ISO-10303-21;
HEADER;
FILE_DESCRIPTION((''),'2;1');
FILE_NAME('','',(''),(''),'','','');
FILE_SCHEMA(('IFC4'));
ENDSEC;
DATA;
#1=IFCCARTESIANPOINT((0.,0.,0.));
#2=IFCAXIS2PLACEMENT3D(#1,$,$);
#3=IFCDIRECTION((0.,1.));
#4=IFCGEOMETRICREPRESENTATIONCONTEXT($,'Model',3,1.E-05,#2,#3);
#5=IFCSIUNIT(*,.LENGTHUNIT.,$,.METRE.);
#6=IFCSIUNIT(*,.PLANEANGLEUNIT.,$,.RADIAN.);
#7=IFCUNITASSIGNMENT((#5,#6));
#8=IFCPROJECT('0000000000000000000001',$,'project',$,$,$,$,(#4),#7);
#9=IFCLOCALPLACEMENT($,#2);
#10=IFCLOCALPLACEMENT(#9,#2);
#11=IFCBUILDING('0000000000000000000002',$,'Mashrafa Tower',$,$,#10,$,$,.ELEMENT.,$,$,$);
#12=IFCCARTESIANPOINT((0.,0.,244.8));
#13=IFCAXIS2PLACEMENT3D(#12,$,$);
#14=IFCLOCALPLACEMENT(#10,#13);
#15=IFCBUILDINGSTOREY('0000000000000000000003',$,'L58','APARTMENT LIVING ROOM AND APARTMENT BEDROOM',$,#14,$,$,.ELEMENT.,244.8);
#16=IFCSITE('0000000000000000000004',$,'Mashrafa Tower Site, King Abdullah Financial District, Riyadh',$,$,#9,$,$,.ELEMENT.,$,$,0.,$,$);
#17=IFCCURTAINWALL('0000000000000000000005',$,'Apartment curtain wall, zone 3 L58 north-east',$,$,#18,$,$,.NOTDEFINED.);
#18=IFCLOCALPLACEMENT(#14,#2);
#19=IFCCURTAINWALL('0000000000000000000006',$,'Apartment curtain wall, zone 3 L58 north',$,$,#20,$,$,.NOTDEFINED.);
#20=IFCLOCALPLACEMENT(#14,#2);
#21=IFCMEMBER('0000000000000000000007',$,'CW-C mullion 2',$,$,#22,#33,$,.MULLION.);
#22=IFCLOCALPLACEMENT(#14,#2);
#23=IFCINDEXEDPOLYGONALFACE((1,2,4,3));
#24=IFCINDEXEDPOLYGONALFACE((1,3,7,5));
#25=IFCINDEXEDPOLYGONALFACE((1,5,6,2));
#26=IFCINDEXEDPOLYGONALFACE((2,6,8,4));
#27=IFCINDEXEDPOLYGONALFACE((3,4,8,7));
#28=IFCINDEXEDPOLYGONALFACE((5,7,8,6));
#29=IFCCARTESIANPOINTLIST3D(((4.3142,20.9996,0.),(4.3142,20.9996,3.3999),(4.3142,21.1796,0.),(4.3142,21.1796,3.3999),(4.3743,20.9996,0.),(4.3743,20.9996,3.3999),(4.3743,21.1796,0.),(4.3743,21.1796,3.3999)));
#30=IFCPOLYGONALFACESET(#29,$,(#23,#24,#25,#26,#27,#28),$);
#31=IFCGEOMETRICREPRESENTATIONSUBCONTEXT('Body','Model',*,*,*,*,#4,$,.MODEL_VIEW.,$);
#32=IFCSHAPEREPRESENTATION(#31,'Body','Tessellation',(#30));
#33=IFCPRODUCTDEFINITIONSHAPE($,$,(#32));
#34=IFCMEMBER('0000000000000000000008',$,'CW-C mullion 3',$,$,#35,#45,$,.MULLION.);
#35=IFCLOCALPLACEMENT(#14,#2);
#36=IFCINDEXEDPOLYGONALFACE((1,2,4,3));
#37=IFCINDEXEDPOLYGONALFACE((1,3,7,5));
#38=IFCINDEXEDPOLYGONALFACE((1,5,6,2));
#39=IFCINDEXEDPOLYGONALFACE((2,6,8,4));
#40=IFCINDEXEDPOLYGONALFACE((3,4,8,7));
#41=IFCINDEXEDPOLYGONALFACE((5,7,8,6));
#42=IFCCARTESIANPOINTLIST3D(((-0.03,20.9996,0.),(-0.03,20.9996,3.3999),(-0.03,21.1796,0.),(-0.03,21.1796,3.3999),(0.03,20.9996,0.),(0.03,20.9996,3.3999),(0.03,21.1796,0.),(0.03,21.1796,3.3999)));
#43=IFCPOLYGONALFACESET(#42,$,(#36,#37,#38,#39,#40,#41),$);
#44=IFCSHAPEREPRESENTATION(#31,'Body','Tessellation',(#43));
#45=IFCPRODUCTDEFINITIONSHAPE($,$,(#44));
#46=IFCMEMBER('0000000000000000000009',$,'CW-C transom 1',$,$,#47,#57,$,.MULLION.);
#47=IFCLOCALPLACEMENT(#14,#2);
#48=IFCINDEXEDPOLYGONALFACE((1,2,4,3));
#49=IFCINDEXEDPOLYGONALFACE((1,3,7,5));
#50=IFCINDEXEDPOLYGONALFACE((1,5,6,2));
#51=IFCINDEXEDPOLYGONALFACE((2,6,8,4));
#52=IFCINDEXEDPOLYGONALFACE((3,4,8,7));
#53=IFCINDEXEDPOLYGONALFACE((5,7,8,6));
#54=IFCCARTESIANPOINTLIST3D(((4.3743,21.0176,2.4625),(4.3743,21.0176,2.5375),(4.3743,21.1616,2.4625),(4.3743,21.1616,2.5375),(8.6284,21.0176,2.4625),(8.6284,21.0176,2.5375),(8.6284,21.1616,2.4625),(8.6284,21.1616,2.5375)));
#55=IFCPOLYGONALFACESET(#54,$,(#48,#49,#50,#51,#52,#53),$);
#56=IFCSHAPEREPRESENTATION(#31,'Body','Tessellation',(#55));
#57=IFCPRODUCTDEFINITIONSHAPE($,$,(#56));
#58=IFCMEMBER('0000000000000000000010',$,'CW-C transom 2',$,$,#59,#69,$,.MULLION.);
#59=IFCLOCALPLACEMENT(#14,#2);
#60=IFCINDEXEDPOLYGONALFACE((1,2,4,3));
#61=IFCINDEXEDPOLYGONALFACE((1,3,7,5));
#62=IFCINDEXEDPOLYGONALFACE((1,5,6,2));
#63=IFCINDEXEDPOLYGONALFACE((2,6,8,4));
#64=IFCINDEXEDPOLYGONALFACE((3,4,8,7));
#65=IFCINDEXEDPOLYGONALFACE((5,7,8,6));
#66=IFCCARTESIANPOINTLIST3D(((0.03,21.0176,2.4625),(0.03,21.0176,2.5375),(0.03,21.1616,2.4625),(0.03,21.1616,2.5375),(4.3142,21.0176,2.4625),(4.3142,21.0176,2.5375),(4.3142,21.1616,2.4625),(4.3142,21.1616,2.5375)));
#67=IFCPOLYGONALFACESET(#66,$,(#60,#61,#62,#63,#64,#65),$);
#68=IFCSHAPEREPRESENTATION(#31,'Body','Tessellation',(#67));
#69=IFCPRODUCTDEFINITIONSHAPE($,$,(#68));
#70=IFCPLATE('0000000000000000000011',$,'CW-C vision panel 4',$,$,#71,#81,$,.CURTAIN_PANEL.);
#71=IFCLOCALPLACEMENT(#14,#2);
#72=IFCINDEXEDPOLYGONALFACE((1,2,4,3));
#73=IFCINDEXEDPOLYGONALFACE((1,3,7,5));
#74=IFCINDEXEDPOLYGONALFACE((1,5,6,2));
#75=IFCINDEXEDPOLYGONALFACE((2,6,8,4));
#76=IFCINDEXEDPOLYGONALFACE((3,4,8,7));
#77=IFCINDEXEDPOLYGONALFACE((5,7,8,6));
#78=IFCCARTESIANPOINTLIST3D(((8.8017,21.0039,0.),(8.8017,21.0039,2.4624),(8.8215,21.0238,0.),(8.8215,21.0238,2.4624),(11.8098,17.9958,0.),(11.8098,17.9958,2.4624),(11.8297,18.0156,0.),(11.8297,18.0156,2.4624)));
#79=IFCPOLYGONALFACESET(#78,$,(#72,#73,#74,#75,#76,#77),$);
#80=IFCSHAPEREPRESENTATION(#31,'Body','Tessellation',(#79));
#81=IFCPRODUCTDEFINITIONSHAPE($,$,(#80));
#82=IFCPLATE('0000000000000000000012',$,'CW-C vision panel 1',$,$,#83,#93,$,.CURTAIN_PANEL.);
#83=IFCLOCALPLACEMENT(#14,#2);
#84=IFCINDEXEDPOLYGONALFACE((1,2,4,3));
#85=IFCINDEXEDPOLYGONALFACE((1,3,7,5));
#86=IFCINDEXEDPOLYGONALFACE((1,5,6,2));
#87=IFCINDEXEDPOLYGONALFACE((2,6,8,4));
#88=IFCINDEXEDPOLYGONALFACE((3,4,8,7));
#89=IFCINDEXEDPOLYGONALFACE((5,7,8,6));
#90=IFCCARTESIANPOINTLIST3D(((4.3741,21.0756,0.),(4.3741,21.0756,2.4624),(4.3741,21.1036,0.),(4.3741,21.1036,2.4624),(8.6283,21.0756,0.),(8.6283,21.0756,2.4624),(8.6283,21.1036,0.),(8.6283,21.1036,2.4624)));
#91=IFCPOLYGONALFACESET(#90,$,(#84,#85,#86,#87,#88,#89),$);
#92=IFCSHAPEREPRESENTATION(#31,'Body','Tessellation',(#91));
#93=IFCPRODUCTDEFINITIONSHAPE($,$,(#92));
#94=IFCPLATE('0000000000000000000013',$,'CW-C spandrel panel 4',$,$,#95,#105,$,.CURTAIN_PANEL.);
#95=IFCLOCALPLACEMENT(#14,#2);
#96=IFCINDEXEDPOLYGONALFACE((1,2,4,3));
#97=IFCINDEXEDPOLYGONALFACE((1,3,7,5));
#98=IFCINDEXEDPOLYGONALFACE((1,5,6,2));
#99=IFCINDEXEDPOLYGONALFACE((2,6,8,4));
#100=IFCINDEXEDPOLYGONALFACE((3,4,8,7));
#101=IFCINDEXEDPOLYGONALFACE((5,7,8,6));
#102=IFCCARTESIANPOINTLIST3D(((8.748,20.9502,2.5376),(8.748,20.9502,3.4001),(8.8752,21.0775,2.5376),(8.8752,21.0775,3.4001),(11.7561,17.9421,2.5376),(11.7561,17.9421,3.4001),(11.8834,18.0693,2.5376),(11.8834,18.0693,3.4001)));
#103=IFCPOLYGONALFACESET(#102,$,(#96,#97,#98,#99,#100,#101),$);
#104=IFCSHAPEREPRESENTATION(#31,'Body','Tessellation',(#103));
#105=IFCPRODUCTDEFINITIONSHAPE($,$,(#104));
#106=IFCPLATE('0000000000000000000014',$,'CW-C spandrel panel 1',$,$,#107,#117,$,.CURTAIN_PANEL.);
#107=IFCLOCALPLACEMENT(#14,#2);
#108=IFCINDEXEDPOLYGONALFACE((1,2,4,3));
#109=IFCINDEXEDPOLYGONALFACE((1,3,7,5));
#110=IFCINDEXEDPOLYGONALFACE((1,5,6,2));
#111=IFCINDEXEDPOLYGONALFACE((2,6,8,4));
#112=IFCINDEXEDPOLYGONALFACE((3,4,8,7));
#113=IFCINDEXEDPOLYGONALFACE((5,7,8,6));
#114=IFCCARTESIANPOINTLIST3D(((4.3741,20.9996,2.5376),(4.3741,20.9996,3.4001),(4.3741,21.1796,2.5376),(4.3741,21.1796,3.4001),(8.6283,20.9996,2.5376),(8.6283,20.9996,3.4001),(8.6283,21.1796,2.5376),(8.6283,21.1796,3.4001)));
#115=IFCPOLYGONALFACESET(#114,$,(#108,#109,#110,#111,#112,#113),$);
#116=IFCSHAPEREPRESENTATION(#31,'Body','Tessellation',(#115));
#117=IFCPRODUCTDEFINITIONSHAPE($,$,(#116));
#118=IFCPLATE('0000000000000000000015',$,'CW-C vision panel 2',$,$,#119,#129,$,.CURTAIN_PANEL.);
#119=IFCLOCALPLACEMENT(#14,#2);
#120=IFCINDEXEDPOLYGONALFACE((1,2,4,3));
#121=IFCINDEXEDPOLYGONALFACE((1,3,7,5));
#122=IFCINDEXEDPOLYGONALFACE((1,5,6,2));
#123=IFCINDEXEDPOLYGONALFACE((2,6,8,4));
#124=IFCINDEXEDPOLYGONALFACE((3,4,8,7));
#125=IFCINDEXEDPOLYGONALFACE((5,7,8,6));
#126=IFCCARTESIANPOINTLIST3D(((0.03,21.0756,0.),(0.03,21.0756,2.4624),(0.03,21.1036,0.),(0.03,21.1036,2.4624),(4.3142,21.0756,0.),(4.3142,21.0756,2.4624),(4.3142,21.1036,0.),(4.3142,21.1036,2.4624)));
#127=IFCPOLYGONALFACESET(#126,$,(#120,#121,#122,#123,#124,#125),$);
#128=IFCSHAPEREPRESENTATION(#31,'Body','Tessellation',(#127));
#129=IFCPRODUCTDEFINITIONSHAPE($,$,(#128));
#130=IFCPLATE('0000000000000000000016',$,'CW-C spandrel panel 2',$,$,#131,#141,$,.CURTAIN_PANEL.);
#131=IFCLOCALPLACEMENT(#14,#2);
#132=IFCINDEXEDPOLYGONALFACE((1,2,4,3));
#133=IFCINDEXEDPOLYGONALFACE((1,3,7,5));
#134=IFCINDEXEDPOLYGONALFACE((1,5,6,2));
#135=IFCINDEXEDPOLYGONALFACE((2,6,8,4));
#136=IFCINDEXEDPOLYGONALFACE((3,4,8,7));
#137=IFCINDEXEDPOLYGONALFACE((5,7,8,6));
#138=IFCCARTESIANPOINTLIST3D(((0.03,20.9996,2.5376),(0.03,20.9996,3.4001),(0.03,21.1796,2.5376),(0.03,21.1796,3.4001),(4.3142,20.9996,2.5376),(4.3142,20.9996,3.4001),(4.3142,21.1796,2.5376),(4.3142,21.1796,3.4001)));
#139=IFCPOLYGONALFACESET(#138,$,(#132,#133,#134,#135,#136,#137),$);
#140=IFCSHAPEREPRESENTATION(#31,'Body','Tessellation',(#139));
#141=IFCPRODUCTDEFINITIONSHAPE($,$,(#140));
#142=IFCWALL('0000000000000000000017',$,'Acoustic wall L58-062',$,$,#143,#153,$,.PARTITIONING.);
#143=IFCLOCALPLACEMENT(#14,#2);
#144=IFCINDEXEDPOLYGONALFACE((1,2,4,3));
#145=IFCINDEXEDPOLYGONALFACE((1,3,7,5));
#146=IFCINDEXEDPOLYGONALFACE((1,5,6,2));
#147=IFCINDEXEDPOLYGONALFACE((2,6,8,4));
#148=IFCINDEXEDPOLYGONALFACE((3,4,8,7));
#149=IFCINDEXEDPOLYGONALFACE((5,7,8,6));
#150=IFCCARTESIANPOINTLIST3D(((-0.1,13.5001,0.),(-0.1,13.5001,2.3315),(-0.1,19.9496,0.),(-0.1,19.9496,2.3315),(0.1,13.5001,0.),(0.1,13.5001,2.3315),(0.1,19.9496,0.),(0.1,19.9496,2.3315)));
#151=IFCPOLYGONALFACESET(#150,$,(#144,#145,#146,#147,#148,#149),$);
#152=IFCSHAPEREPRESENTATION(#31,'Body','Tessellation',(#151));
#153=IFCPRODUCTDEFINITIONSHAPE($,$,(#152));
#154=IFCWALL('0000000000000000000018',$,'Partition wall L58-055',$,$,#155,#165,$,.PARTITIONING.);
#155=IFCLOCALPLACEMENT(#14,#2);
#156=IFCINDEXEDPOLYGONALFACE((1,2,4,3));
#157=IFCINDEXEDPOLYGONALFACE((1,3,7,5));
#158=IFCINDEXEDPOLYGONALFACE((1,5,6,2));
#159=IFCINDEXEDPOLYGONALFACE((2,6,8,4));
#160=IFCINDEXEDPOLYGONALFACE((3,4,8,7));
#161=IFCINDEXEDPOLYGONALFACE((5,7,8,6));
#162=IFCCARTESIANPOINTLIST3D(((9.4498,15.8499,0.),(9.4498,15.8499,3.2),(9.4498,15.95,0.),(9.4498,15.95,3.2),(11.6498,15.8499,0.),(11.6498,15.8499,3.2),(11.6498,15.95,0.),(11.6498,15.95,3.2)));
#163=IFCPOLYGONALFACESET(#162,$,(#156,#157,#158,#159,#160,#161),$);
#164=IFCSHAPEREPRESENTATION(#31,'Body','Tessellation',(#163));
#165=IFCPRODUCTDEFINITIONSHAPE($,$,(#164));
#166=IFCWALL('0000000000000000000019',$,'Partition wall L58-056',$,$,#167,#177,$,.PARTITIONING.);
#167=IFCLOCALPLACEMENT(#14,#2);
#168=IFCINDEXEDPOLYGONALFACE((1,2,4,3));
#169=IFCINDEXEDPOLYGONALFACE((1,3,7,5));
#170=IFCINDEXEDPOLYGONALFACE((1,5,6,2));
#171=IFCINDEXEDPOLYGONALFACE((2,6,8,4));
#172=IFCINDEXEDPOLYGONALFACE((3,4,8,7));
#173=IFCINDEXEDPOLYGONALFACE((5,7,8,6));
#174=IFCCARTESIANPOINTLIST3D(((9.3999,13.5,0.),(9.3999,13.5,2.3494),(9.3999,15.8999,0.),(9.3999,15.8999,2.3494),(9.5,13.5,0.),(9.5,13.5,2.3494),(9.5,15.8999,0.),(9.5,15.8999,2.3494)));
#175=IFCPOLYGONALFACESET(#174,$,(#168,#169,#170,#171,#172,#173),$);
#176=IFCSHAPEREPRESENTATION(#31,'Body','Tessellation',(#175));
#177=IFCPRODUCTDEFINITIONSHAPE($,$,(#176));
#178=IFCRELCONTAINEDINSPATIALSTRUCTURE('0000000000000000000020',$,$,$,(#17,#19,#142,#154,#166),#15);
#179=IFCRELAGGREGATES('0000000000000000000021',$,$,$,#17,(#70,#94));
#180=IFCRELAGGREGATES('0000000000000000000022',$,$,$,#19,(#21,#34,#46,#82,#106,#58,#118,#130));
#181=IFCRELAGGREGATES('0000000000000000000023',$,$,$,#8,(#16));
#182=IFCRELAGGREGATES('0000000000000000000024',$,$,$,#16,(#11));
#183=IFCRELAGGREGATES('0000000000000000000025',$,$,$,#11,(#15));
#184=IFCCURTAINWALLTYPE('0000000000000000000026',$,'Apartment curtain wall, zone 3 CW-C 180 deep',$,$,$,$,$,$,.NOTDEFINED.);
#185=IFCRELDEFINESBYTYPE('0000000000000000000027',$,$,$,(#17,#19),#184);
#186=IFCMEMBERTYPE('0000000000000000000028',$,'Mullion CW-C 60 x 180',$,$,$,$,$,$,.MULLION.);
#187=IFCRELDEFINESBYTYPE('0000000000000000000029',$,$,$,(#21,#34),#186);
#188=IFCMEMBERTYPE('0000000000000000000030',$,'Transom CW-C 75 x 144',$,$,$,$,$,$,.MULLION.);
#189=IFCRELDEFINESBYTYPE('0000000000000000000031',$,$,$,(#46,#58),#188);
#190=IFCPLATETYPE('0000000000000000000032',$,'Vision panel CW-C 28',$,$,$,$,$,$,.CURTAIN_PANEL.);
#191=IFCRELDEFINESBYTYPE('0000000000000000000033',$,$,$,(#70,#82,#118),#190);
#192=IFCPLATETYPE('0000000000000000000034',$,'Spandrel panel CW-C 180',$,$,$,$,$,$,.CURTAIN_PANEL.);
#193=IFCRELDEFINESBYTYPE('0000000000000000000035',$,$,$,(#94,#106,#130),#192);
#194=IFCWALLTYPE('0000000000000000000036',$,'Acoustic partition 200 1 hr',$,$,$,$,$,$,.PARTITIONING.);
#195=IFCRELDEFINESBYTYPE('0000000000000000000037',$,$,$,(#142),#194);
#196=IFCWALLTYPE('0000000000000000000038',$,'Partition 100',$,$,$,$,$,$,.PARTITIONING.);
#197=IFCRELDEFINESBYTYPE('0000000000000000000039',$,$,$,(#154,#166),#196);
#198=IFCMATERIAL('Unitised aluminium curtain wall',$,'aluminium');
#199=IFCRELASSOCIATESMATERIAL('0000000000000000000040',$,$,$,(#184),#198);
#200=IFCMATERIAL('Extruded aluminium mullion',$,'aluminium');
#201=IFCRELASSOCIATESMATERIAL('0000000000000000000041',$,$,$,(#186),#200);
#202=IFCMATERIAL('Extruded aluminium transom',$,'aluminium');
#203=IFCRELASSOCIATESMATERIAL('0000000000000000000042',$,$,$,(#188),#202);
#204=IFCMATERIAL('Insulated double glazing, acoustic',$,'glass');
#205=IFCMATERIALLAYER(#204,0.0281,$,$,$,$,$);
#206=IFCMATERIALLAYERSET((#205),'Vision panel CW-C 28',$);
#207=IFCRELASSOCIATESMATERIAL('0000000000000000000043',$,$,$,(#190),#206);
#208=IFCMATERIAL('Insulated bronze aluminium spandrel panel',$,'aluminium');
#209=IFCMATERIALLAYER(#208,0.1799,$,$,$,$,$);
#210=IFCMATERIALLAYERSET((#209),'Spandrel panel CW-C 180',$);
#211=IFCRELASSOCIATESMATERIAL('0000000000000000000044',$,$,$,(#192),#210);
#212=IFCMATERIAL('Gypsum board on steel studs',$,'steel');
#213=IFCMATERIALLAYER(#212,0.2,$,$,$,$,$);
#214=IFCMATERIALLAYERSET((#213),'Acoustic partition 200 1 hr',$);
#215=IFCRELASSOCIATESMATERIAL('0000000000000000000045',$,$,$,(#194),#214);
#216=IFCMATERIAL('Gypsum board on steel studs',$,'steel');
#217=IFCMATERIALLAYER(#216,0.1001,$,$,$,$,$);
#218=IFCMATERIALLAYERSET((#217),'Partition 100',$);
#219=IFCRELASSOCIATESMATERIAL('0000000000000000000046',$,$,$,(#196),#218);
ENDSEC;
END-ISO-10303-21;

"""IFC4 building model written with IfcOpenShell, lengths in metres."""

from ifc_helpers import new_model, si_unit, direction, frame, frame_2d, origin, origin_2d, place, context, subcontext, project, spatial, rectangle, extrude, source, transform, mapped, material, layer, layer_set, material_profile, profile_set, type_object, type_shapes, element, aggregate, save


model = new_model("IFC4")

# Units and contexts
model_context = context("Model", 3, precision=1e-05, world=origin(), true_north=direction((0.0, 1.0)))
body_context = subcontext(model_context, "Body", "Model", "MODEL_VIEW")
ifc_project = project(units=[si_unit("LENGTHUNIT", "METRE"), si_unit("PLANEANGLEUNIT", "RADIAN")], contexts=[model_context])

# Site, building, storey
site_placement = place(None, origin())
site = spatial("IfcSite", under=ifc_project, at=site_placement, Name="Mashrafa Tower Site, King Abdullah Financial District, Riyadh", CompositionType="ELEMENT", RefElevation=0.0)
building_placement = place(site_placement, origin())
building = spatial("IfcBuilding", under=site, at=building_placement, Name="Mashrafa Tower", CompositionType="ELEMENT")
storey_placement = place(building_placement, frame((0.0, 0.0, 244.8)))
storey = spatial("IfcBuildingStorey", under=building, at=storey_placement, Name="L58", Description="APARTMENT LIVING ROOM AND APARTMENT BEDROOM", CompositionType="ELEMENT", Elevation=244.8)

# Curtain wall
ifc_material_1 = material(Name="Unitised aluminium curtain wall", Category="aluminium")
curtain_wall_type = type_object("IfcCurtainWallType", Name="Apartment curtain wall, zone 3 CW-C 180 deep", PredefinedType="NOTDEFINED", material=ifc_material_1)
curtain_wall_1_placement = place(storey_placement, origin())
curtain_wall_1 = element("IfcCurtainWall", 1, at=curtain_wall_1_placement, inside=storey, type_object=curtain_wall_type, Name="Apartment curtain wall, zone 3 L58 north-east", PredefinedType="NOTDEFINED")
ifc_material_2 = material(Name="Extruded aluminium mullion", Category="aluminium")
ifc_material_profile_1 = material_profile(ifc_material_2, rectangle(XDim=0.1799, YDim=0.0601, at=origin_2d()), Name="Mullion 60x180")
ifc_profile_set_1 = profile_set([ifc_material_profile_1], Name="Extruded aluminium mullion")
member_type_1 = type_object("IfcMemberType", Name="Mullion CW-C 60 x 180", PredefinedType="MULLION", material=ifc_profile_set_1)
shared_shape_1 = source(origin(), body_context, "Body", "SweptSolid", [
    extrude(rectangle(XDim=0.1799, YDim=0.0601, at=origin_2d()), origin(), (0.0, 0.0, 1.0), 3.3999),
])
type_shapes(member_type_1, [shared_shape_1])

# Curtain wall, members
curtain_wall_2_placement = place(storey_placement, origin())
curtain_wall_2 = element("IfcCurtainWall", 2, at=curtain_wall_2_placement, inside=storey, type_object=curtain_wall_type, Name="Apartment curtain wall, zone 3 L58 north", PredefinedType="NOTDEFINED")
member_1_placement = place(storey_placement, frame((4.3442, 21.0896, 0.0), z_axis=(0.0, 0.0, 1.0), x_axis=(0.0, -1.0, 0.0)))
member_1 = element("IfcMember", 3, at=member_1_placement, type_object=member_type_1, Name="CW-C mullion 2", PredefinedType="MULLION", context=body_context, shape_type="MappedRepresentation", body=[
    mapped(shared_shape_1, transform((0.0, 0.0, 0.0))),
])
member_2_placement = place(storey_placement, frame((0.0, 21.0896, 0.0), z_axis=(0.0, 0.0, 1.0), x_axis=(0.0, -1.0, 0.0)))
member_2 = element("IfcMember", 4, at=member_2_placement, type_object=member_type_1, Name="CW-C mullion 3", PredefinedType="MULLION", context=body_context, shape_type="MappedRepresentation", body=[
    mapped(shared_shape_1, transform((0.0, 0.0, 0.0))),
])
ifc_material_3 = material(Name="Extruded aluminium transom", Category="aluminium")
ifc_material_profile_2 = material_profile(ifc_material_3, rectangle(XDim=0.144, YDim=0.075, at=origin_2d()), Name="Transom 75x144")
ifc_profile_set_2 = profile_set([ifc_material_profile_2], Name="Extruded aluminium transom")
member_type_2 = type_object("IfcMemberType", Name="Transom CW-C 75 x 144", PredefinedType="MULLION", material=ifc_profile_set_2)
shared_shape_2 = source(origin(), body_context, "Body", "SweptSolid", [
    extrude(rectangle(XDim=0.144, YDim=0.075, at=origin_2d()), origin(), (0.0, 0.0, 1.0), 4.2542),
])
member_3_placement = place(storey_placement, frame((8.6284, 21.0896, 2.5), z_axis=(-1.0, 0.0, 0.0), x_axis=(0.0, -1.0, 0.0)))
member_3 = element("IfcMember", 5, at=member_3_placement, type_object=member_type_2, Name="CW-C transom 1", PredefinedType="MULLION", context=body_context, shape_type="MappedRepresentation", body=[
    mapped(shared_shape_2, transform((0.0, 0.0, 0.0))),
])
shared_shape_3 = source(origin(), body_context, "Body", "SweptSolid", [
    extrude(rectangle(XDim=0.144, YDim=0.075, at=origin_2d()), origin(), (0.0, 0.0, 1.0), 4.2842),
])
type_shapes(member_type_2, [shared_shape_2, shared_shape_3])
member_4_placement = place(storey_placement, frame((4.3142, 21.0896, 2.5), z_axis=(-1.0, 0.0, 0.0), x_axis=(0.0, -1.0, 0.0)))
member_4 = element("IfcMember", 6, at=member_4_placement, type_object=member_type_2, Name="CW-C transom 2", PredefinedType="MULLION", context=body_context, shape_type="MappedRepresentation", body=[
    mapped(shared_shape_3, transform((0.0, 0.0, 0.0))),
])

# Plates
ifc_material_4 = material(Name="Insulated double glazing, acoustic", Category="glass")
ifc_layer_1 = layer(ifc_material_4, 0.0281)
ifc_layer_set_1 = layer_set([ifc_layer_1], Name="Vision panel CW-C 28")
plate_type_1 = type_object("IfcPlateType", Name="Vision panel CW-C 28", PredefinedType="CURTAIN_PANEL", material=ifc_layer_set_1)
shared_shape_4 = source(origin(), body_context, "Body", "SweptSolid", [
    extrude(rectangle(XDim=4.2542, YDim=0.0281, at=origin_2d()), origin(), (0.0, 0.0, 1.0), 2.4624),
])
plate_1_placement = place(storey_placement, frame((10.3157, 19.5098, 0.0), z_axis=(0.0, 0.0, 1.0), x_axis=(-0.707107, 0.707107, 0.0)))
plate_1 = element("IfcPlate", 7, at=plate_1_placement, type_object=plate_type_1, Name="CW-C vision panel 4", PredefinedType="CURTAIN_PANEL", context=body_context, shape_type="MappedRepresentation", body=[
    mapped(shared_shape_4, transform((0.0, 0.0, 0.0))),
])
plate_2_placement = place(storey_placement, frame((6.5012, 21.0896, 0.0), z_axis=(0.0, 0.0, 1.0), x_axis=(-1.0, 0.0, 0.0)))
plate_2 = element("IfcPlate", 8, at=plate_2_placement, type_object=plate_type_1, Name="CW-C vision panel 1", PredefinedType="CURTAIN_PANEL", context=body_context, shape_type="MappedRepresentation", body=[
    mapped(shared_shape_4, transform((0.0, 0.0, 0.0))),
])
ifc_material_5 = material(Name="Insulated bronze aluminium spandrel panel", Category="aluminium")
ifc_layer_2 = layer(ifc_material_5, 0.1799)
ifc_layer_set_2 = layer_set([ifc_layer_2], Name="Spandrel panel CW-C 180")
plate_type_2 = type_object("IfcPlateType", Name="Spandrel panel CW-C 180", PredefinedType="CURTAIN_PANEL", material=ifc_layer_set_2)
shared_shape_5 = source(origin(), body_context, "Body", "SweptSolid", [
    extrude(rectangle(XDim=4.2542, YDim=0.1799, at=origin_2d()), origin(), (0.0, 0.0, 1.0), 0.8625),
])
plate_3_placement = place(storey_placement, frame((10.3157, 19.5098, 2.5376), z_axis=(0.0, 0.0, 1.0), x_axis=(-0.707107, 0.707107, 0.0)))
plate_3 = element("IfcPlate", 9, at=plate_3_placement, type_object=plate_type_2, Name="CW-C spandrel panel 4", PredefinedType="CURTAIN_PANEL", context=body_context, shape_type="MappedRepresentation", body=[
    mapped(shared_shape_5, transform((0.0, 0.0, 0.0))),
])
aggregate(curtain_wall_1, [plate_1, plate_3])
plate_4_placement = place(storey_placement, frame((6.5012, 21.0896, 2.5376), z_axis=(0.0, 0.0, 1.0), x_axis=(-1.0, 0.0, 0.0)))
plate_4 = element("IfcPlate", 10, at=plate_4_placement, type_object=plate_type_2, Name="CW-C spandrel panel 1", PredefinedType="CURTAIN_PANEL", context=body_context, shape_type="MappedRepresentation", body=[
    mapped(shared_shape_5, transform((0.0, 0.0, 0.0))),
])
shared_shape_6 = source(origin(), body_context, "Body", "SweptSolid", [
    extrude(rectangle(XDim=4.2842, YDim=0.0281, at=origin_2d()), origin(), (0.0, 0.0, 1.0), 2.4624),
])
type_shapes(plate_type_1, [shared_shape_4, shared_shape_6])
plate_5_placement = place(storey_placement, frame((2.1721, 21.0896, 0.0), z_axis=(0.0, 0.0, 1.0), x_axis=(-1.0, 0.0, 0.0)))
plate_5 = element("IfcPlate", 11, at=plate_5_placement, type_object=plate_type_1, Name="CW-C vision panel 2", PredefinedType="CURTAIN_PANEL", context=body_context, shape_type="MappedRepresentation", body=[
    mapped(shared_shape_6, transform((0.0, 0.0, 0.0))),
])
shared_shape_7 = source(origin(), body_context, "Body", "SweptSolid", [
    extrude(rectangle(XDim=4.2842, YDim=0.1799, at=origin_2d()), origin(), (0.0, 0.0, 1.0), 0.8625),
])
type_shapes(plate_type_2, [shared_shape_5, shared_shape_7])
plate_6_placement = place(storey_placement, frame((2.1721, 21.0896, 2.5376), z_axis=(0.0, 0.0, 1.0), x_axis=(-1.0, 0.0, 0.0)))
plate_6 = element("IfcPlate", 12, at=plate_6_placement, type_object=plate_type_2, Name="CW-C spandrel panel 2", PredefinedType="CURTAIN_PANEL", context=body_context, shape_type="MappedRepresentation", body=[
    mapped(shared_shape_7, transform((0.0, 0.0, 0.0))),
])
aggregate(curtain_wall_2, [member_1, member_2, member_3, plate_2, plate_4, member_4, plate_5, plate_6])

# Walls
ifc_material_6 = material(Name="Gypsum board on steel studs", Category="steel")
ifc_layer_3 = layer(ifc_material_6, 0.2)
ifc_layer_set_3 = layer_set([ifc_layer_3], Name="Acoustic partition 200 1 hr")
wall_type_1 = type_object("IfcWallType", Name="Acoustic partition 200 1 hr", PredefinedType="PARTITIONING", material=ifc_layer_set_3)
wall_1_placement = place(storey_placement, frame((0.0, 19.9495, 0.0), z_axis=(0.0, 0.0, 1.0), x_axis=(0.0, -1.0, 0.0)))
element("IfcWall", 13, at=wall_1_placement, inside=storey, type_object=wall_type_1, Name="Acoustic wall L58-062", PredefinedType="PARTITIONING", context=body_context, shape_type="SweptSolid", body=[
    extrude(rectangle(XDim=6.4495, YDim=0.2, at=frame_2d((3.2246, 0.0))), origin(), (0.0, 0.0, 1.0), 2.3315),
])
ifc_material_7 = material(Name="Gypsum board on steel studs", Category="steel")
ifc_layer_4 = layer(ifc_material_7, 0.1001)
ifc_layer_set_4 = layer_set([ifc_layer_4], Name="Partition 100")
wall_type_2 = type_object("IfcWallType", Name="Partition 100", PredefinedType="PARTITIONING", material=ifc_layer_set_4)
wall_2_placement = place(storey_placement, frame((11.6499, 15.8999, 0.0), z_axis=(0.0, 0.0, 1.0), x_axis=(-1.0, 0.0, 0.0)))
element("IfcWall", 14, at=wall_2_placement, inside=storey, type_object=wall_type_2, Name="Partition wall L58-055", PredefinedType="PARTITIONING", context=body_context, shape_type="SweptSolid", body=[
    extrude(rectangle(XDim=2.2, YDim=0.1001, at=frame_2d((1.1001, 0.0))), origin(), (0.0, 0.0, 1.0), 3.2),
])
wall_3_placement = place(storey_placement, frame((9.45, 15.8999, 0.0), z_axis=(0.0, 0.0, 1.0), x_axis=(0.0, -1.0, 0.0)))
element("IfcWall", 15, at=wall_3_placement, inside=storey, type_object=wall_type_2, Name="Partition wall L58-056", PredefinedType="PARTITIONING", context=body_context, shape_type="SweptSolid", body=[
    extrude(rectangle(XDim=2.3999, YDim=0.1001, at=frame_2d((1.2, 0.0))), origin(), (0.0, 0.0, 1.0), 2.3494),
])

save(model, "model.ifc")
